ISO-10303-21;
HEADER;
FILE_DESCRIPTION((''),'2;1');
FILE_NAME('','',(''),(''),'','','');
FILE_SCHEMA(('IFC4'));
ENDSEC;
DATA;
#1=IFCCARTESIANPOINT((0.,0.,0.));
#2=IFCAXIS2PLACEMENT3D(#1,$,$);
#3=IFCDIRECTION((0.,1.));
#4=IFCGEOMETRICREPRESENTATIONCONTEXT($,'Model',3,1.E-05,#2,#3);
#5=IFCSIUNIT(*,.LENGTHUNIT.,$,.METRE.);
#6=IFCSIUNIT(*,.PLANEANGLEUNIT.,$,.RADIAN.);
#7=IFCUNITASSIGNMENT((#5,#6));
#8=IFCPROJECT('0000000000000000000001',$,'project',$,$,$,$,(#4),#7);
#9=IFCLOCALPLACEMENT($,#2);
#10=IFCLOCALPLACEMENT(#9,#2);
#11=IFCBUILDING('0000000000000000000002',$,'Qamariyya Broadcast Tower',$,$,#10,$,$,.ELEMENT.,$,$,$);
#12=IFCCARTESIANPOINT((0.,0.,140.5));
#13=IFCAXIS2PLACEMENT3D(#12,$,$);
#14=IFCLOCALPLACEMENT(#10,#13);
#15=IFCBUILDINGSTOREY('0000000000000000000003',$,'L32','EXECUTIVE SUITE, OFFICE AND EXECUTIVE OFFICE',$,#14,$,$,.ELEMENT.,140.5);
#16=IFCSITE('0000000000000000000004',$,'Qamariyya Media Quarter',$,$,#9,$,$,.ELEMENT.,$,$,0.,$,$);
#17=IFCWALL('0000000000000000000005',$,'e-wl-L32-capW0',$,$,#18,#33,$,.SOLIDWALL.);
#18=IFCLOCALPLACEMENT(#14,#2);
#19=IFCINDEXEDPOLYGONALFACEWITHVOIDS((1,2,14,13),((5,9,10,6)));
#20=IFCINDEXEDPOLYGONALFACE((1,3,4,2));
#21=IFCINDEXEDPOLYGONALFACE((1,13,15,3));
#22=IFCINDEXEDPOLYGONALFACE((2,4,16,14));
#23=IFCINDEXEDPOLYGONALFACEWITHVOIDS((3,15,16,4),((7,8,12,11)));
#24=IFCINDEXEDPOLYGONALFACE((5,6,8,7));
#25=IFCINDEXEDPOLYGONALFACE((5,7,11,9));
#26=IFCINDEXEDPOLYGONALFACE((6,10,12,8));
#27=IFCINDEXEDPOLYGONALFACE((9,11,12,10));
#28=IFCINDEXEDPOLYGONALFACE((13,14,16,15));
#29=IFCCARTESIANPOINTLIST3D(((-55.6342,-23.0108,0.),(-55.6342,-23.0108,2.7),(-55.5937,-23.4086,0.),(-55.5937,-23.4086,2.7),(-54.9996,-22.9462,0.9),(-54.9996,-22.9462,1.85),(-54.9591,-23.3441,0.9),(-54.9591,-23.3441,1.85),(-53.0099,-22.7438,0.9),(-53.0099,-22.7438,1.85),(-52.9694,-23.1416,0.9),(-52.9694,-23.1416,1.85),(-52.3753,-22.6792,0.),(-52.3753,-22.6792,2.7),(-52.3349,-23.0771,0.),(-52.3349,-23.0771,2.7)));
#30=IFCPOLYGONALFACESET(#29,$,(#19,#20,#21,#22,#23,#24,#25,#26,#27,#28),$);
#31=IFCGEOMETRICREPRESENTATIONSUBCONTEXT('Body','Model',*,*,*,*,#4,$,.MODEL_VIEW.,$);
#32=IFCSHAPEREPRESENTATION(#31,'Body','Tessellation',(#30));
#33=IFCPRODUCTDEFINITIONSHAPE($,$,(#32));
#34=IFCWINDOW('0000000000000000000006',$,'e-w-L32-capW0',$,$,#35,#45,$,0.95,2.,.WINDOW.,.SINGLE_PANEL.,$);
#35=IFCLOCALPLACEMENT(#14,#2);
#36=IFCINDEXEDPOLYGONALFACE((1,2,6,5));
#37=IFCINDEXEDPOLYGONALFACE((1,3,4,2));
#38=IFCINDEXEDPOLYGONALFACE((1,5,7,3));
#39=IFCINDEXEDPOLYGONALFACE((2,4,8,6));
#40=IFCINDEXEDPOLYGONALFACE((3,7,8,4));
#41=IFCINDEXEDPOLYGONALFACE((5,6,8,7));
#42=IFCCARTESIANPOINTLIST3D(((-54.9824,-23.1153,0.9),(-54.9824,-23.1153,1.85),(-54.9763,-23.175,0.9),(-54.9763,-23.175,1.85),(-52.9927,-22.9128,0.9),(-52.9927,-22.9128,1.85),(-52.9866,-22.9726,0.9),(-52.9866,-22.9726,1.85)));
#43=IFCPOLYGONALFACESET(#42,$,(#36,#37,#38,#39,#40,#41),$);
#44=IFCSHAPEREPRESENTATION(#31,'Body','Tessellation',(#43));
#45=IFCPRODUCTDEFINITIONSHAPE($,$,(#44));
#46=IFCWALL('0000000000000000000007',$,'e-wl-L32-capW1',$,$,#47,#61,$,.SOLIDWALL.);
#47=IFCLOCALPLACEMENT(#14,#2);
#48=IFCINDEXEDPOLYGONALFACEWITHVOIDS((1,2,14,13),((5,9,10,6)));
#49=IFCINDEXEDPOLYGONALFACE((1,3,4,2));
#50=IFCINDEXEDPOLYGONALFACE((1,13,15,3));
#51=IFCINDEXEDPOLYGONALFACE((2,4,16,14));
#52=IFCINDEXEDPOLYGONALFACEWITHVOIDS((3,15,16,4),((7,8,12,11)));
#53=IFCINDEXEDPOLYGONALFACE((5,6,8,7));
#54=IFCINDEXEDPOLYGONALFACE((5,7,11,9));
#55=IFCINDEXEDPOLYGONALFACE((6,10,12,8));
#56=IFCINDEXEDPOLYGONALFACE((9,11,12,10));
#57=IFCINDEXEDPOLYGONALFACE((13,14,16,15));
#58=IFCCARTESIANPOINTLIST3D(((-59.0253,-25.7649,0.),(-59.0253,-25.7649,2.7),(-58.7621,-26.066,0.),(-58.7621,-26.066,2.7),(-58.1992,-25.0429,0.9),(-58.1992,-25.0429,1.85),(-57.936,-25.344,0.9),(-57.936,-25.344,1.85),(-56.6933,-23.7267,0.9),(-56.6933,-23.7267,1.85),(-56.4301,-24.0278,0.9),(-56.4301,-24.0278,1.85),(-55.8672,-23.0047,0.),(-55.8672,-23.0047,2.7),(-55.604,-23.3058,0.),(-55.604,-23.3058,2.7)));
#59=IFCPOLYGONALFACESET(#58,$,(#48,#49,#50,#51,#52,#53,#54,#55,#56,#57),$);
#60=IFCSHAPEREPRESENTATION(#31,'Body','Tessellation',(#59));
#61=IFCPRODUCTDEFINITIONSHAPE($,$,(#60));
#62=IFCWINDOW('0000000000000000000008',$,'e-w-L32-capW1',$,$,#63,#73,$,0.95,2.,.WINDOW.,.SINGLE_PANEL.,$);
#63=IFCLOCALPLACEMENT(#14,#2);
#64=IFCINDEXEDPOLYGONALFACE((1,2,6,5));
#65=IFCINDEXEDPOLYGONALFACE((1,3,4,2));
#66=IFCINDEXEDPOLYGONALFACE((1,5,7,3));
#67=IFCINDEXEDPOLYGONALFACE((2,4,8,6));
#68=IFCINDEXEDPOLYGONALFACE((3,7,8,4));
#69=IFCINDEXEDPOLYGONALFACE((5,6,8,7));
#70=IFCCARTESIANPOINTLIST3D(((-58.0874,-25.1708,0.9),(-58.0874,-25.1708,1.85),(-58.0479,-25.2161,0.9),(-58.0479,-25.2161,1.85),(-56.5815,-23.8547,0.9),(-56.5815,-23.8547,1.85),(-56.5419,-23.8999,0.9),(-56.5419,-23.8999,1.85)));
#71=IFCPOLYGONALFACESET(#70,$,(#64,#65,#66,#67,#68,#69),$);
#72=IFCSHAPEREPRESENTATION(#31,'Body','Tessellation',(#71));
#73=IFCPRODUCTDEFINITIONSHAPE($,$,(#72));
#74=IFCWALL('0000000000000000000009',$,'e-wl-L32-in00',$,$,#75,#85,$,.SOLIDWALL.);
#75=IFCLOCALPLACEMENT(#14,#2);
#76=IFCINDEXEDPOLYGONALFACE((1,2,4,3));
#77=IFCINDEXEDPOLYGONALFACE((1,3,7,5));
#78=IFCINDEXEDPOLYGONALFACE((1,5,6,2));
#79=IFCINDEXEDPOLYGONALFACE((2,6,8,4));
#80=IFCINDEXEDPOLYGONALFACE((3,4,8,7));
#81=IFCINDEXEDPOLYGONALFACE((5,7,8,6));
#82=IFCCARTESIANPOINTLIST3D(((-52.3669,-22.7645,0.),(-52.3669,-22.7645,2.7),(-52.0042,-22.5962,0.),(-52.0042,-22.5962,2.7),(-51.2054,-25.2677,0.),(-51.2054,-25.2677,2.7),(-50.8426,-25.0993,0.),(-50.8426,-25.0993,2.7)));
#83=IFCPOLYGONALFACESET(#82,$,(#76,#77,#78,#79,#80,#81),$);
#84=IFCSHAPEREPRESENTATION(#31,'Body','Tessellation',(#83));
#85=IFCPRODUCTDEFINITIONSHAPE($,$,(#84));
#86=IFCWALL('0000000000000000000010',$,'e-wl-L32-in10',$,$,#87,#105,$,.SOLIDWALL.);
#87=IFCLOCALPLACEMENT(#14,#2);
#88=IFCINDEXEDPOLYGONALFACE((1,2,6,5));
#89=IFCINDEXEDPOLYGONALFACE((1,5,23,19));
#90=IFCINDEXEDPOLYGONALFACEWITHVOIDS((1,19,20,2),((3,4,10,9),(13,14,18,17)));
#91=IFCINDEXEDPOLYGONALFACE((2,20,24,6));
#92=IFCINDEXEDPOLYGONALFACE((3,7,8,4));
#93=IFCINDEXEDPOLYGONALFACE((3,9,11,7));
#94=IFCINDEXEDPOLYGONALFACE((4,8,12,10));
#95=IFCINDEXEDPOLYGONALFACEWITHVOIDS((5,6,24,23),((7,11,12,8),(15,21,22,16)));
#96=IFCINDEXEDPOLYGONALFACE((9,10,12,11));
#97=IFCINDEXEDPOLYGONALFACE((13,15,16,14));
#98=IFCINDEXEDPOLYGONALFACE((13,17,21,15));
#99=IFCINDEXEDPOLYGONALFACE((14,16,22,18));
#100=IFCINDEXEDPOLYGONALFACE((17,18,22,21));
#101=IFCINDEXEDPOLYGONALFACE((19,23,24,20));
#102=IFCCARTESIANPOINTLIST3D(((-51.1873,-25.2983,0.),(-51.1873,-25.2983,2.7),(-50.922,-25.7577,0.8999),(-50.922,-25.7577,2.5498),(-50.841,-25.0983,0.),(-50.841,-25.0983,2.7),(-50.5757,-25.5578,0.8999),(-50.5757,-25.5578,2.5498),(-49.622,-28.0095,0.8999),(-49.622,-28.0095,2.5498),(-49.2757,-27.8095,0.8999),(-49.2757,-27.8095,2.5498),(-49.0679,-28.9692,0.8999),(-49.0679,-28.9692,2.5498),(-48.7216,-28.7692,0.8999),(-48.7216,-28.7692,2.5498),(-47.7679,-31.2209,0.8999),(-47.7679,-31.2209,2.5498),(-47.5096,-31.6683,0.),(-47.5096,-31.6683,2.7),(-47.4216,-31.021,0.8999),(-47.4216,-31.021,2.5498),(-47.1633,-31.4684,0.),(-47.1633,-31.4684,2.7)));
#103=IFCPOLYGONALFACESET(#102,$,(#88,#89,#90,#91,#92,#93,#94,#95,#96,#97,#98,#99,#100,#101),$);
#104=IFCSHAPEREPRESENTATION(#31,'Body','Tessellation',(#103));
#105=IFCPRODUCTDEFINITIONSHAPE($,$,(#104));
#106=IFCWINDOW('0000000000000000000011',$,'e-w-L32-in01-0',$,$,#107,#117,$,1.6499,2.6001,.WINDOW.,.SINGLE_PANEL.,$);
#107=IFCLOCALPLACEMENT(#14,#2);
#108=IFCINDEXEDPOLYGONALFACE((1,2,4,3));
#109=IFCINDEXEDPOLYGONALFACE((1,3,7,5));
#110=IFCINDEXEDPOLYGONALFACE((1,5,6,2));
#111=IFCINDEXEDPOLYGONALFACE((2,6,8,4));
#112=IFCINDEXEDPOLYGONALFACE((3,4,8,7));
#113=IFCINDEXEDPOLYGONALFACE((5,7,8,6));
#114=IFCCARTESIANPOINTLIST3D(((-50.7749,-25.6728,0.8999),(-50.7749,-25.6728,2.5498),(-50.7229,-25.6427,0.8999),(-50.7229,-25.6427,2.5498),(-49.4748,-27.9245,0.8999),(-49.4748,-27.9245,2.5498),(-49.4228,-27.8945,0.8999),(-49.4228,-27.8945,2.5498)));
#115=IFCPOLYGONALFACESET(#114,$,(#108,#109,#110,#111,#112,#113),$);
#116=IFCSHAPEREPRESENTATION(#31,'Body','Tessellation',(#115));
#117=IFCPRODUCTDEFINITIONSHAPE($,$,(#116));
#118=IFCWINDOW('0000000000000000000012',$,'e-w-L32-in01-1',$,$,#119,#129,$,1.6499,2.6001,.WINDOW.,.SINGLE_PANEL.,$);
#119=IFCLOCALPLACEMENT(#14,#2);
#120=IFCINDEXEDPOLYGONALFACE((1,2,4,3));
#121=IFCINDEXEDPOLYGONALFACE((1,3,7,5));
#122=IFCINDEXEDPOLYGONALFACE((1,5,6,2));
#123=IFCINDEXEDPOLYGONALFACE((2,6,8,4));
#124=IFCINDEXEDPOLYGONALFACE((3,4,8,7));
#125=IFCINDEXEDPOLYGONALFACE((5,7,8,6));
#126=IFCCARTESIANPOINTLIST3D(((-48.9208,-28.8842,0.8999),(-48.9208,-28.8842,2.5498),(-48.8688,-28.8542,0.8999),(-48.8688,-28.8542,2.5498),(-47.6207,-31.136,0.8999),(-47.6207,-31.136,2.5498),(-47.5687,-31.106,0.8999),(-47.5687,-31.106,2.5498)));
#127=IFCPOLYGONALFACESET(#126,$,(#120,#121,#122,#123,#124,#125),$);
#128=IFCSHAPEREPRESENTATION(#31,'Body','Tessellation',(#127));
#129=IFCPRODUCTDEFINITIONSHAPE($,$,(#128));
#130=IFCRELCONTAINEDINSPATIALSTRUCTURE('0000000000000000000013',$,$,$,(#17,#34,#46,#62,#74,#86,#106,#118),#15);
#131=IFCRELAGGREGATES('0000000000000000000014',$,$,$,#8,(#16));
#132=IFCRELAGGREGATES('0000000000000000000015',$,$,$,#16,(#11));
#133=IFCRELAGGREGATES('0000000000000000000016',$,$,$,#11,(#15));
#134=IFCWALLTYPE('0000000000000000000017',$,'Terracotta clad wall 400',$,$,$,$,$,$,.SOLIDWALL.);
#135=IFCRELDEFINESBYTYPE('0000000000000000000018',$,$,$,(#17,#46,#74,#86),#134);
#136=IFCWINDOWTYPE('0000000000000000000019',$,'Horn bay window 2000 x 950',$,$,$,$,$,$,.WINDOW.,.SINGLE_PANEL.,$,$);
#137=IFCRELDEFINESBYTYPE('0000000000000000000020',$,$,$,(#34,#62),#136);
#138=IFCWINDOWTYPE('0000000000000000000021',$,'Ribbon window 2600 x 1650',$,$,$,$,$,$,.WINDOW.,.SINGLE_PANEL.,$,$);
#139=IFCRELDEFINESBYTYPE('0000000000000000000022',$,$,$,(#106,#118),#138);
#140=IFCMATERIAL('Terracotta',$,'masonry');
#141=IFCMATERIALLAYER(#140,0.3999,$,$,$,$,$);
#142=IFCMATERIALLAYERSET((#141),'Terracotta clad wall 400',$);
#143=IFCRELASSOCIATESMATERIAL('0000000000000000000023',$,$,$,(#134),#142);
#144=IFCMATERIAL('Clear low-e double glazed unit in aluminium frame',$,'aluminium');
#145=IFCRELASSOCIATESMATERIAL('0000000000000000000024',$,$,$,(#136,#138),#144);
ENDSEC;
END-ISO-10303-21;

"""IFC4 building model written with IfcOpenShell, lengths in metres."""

from ifc_helpers import new_model, si_unit, direction, frame, frame_2d, origin, place, context, subcontext, project, spatial, rectangle, extrude, material, layer, layer_set, type_object, element, fill, save


model = new_model("IFC4")

# Units and contexts
model_context = context("Model", 3, precision=1e-05, world=origin(), true_north=direction((0.0, 1.0)))
body_context = subcontext(model_context, "Body", "Model", "MODEL_VIEW")
ifc_project = project(units=[si_unit("LENGTHUNIT", "METRE"), si_unit("PLANEANGLEUNIT", "RADIAN")], contexts=[model_context])

# Site, building, storey
site_placement = place(None, origin())
site = spatial("IfcSite", under=ifc_project, at=site_placement, Name="Qamariyya Media Quarter", CompositionType="ELEMENT", RefElevation=0.0)
building_placement = place(site_placement, origin())
building = spatial("IfcBuilding", under=site, at=building_placement, Name="Qamariyya Broadcast Tower", CompositionType="ELEMENT")
storey_placement = place(building_placement, frame((0.0, 0.0, 140.5)))
storey = spatial("IfcBuildingStorey", under=building, at=storey_placement, Name="L32", Description="EXECUTIVE SUITE, OFFICE AND EXECUTIVE OFFICE", CompositionType="ELEMENT", Elevation=140.5)

# Walls, openings, windows
ifc_material_1 = material(Name="Terracotta", Category="masonry")
ifc_layer_1 = layer(ifc_material_1, 0.3999)
ifc_layer_set_1 = layer_set([ifc_layer_1], Name="Terracotta clad wall 400")
wall_type_1 = type_object("IfcWallType", Name="Terracotta clad wall 400", PredefinedType="SOLIDWALL", material=ifc_layer_set_1)
wall_1_placement = place(storey_placement, frame((-52.3552, -22.8782, 0.0), z_axis=(0.0, 0.0, 1.0), x_axis=(-0.994865, -0.101216, 0.0)))
wall_1 = element("IfcWall", 1, at=wall_1_placement, inside=storey, type_object=wall_type_1, Name="e-wl-L32-capW0", PredefinedType="SOLIDWALL", context=body_context, shape_type="SweptSolid", body=[
    extrude(rectangle(XDim=3.2756, YDim=0.3999, at=frame_2d((1.6377, 0.0))), origin(), (0.0, 0.0, 1.0), 2.7),
])
opening_1_placement = place(wall_1_placement, frame((0.6377, 0.0, 0.8999)))
opening_1 = element("IfcOpeningElement", 2, at=opening_1_placement, cuts=wall_1, PredefinedType="OPENING", context=body_context, shape_type="SweptSolid", body=[
    extrude(rectangle(XDim=2.0, YDim=0.95, at=frame_2d((1.0, 0.4751))), frame((0.0, 0.21, 0.0), z_axis=(0.0, -1.0, 0.0), x_axis=(1.0, 0.0, 0.0)), (0.0, 0.0, 1.0), 0.4199),
])
ifc_material_2 = material(Name="Clear low-e double glazed unit in aluminium frame", Category="aluminium")
window_type_1 = type_object("IfcWindowType", Name="Horn bay window 2000 x 950", PartitioningType="SINGLE_PANEL", PredefinedType="WINDOW", material=ifc_material_2)
window_1_placement = place(opening_1_placement, origin())
window_1 = element("IfcWindow", 3, at=window_1_placement, inside=storey, type_object=window_type_1, Name="e-w-L32-capW0", OverallHeight=0.95, OverallWidth=2.0, PartitioningType="SINGLE_PANEL", PredefinedType="WINDOW", context=body_context, shape_type="SweptSolid", body=[
    extrude(rectangle(XDim=2.0, YDim=0.95, at=frame_2d((1.0, 0.4751))), frame((0.0, 0.03, 0.0), z_axis=(0.0, -1.0, 0.0), x_axis=(1.0, 0.0, 0.0)), (0.0, 0.0, 1.0), 0.0601),
])
fill(opening_1, window_1)
wall_2_placement = place(storey_placement, frame((-55.7356, -23.1553, 0.0), z_axis=(0.0, 0.0, 1.0), x_axis=(-0.752952, -0.658076, 0.0)))
wall_2 = element("IfcWall", 4, at=wall_2_placement, inside=storey, type_object=wall_type_1, Name="e-wl-L32-capW1", PredefinedType="SOLIDWALL", context=body_context, shape_type="SweptSolid", body=[
    extrude(rectangle(XDim=4.1943, YDim=0.3999, at=frame_2d((2.0972, 0.0))), origin(), (0.0, 0.0, 1.0), 2.7),
])
opening_2_placement = place(wall_2_placement, frame((1.0972, 0.0, 0.8999)))
opening_2 = element("IfcOpeningElement", 5, at=opening_2_placement, cuts=wall_2, PredefinedType="OPENING", context=body_context, shape_type="SweptSolid", body=[
    extrude(rectangle(XDim=2.0, YDim=0.95, at=frame_2d((1.0, 0.4751))), frame((0.0, 0.21, 0.0), z_axis=(0.0, -1.0, 0.0), x_axis=(1.0, 0.0, 0.0)), (0.0, 0.0, 1.0), 0.4199),
])
window_2_placement = place(opening_2_placement, origin())
window_2 = element("IfcWindow", 6, at=window_2_placement, inside=storey, type_object=window_type_1, Name="e-w-L32-capW1", OverallHeight=0.95, OverallWidth=2.0, PartitioningType="SINGLE_PANEL", PredefinedType="WINDOW", context=body_context, shape_type="SweptSolid", body=[
    extrude(rectangle(XDim=2.0, YDim=0.95, at=frame_2d((1.0, 0.4751))), frame((0.0, 0.03, 0.0), z_axis=(0.0, -1.0, 0.0), x_axis=(1.0, 0.0, 0.0)), (0.0, 0.0, 1.0), 0.0601),
])
fill(opening_2, window_2)

# Wall
wall_3_placement = place(storey_placement, frame((-51.0239, -25.1836, 0.0), z_axis=(0.0, 0.0, 1.0), x_axis=(-0.420942, 0.907087, 0.0)))
element("IfcWall", 7, at=wall_3_placement, inside=storey, type_object=wall_type_1, Name="e-wl-L32-in00", PredefinedType="SOLIDWALL", context=body_context, shape_type="SweptSolid", body=[
    extrude(rectangle(XDim=2.7595, YDim=0.3999, at=frame_2d((1.3799, 0.0))), origin(), (0.0, 0.0, 1.0), 2.7),
])

# Wall, openings, windows
wall_4_placement = place(storey_placement, frame((-47.3364, -31.5684, 0.0), z_axis=(0.0, 0.0, 1.0), x_axis=(-0.499994, 0.866029, 0.0)))
wall_4 = element("IfcWall", 8, at=wall_4_placement, inside=storey, type_object=wall_type_1, Name="e-wl-L32-in10", PredefinedType="SOLIDWALL", context=body_context, shape_type="SweptSolid", body=[
    extrude(rectangle(XDim=7.3555, YDim=0.3999, at=frame_2d((3.6777, 0.0))), origin(), (0.0, 0.0, 1.0), 2.7),
])
opening_3_placement = place(wall_4_placement, frame((4.2249, 0.0, 0.8999)))
opening_3 = element("IfcOpeningElement", 9, at=opening_3_placement, cuts=wall_4, PredefinedType="OPENING", context=body_context, shape_type="SweptSolid", body=[
    extrude(rectangle(XDim=2.6001, YDim=1.6499, at=frame_2d((1.3, 0.825))), frame((0.0, 0.21, 0.0), z_axis=(0.0, -1.0, 0.0), x_axis=(1.0, 0.0, 0.0)), (0.0, 0.0, 1.0), 0.4199),
])
opening_4_placement = place(wall_4_placement, frame((0.5166, 0.0, 0.8999)))
opening_4 = element("IfcOpeningElement", 10, at=opening_4_placement, cuts=wall_4, PredefinedType="OPENING", context=body_context, shape_type="SweptSolid", body=[
    extrude(rectangle(XDim=2.6001, YDim=1.6499, at=frame_2d((1.3, 0.825))), frame((0.0, 0.21, 0.0), z_axis=(0.0, -1.0, 0.0), x_axis=(1.0, 0.0, 0.0)), (0.0, 0.0, 1.0), 0.4199),
])
window_type_2 = type_object("IfcWindowType", Name="Ribbon window 2600 x 1650", PartitioningType="SINGLE_PANEL", PredefinedType="WINDOW", material=ifc_material_2)
window_3_placement = place(opening_3_placement, origin())
window_3 = element("IfcWindow", 11, at=window_3_placement, inside=storey, type_object=window_type_2, Name="e-w-L32-in01-0", OverallHeight=1.6499, OverallWidth=2.6001, PartitioningType="SINGLE_PANEL", PredefinedType="WINDOW", context=body_context, shape_type="SweptSolid", body=[
    extrude(rectangle(XDim=2.6001, YDim=1.6499, at=frame_2d((1.3, 0.825))), frame((0.0, 0.03, 0.0), z_axis=(0.0, -1.0, 0.0), x_axis=(1.0, 0.0, 0.0)), (0.0, 0.0, 1.0), 0.0601),
])
fill(opening_3, window_3)
window_4_placement = place(opening_4_placement, origin())
window_4 = element("IfcWindow", 12, at=window_4_placement, inside=storey, type_object=window_type_2, Name="e-w-L32-in01-1", OverallHeight=1.6499, OverallWidth=2.6001, PartitioningType="SINGLE_PANEL", PredefinedType="WINDOW", context=body_context, shape_type="SweptSolid", body=[
    extrude(rectangle(XDim=2.6001, YDim=1.6499, at=frame_2d((1.3, 0.825))), frame((0.0, 0.03, 0.0), z_axis=(0.0, -1.0, 0.0), x_axis=(1.0, 0.0, 0.0)), (0.0, 0.0, 1.0), 0.0601),
])
fill(opening_4, window_4)

save(model, "model.ifc")
